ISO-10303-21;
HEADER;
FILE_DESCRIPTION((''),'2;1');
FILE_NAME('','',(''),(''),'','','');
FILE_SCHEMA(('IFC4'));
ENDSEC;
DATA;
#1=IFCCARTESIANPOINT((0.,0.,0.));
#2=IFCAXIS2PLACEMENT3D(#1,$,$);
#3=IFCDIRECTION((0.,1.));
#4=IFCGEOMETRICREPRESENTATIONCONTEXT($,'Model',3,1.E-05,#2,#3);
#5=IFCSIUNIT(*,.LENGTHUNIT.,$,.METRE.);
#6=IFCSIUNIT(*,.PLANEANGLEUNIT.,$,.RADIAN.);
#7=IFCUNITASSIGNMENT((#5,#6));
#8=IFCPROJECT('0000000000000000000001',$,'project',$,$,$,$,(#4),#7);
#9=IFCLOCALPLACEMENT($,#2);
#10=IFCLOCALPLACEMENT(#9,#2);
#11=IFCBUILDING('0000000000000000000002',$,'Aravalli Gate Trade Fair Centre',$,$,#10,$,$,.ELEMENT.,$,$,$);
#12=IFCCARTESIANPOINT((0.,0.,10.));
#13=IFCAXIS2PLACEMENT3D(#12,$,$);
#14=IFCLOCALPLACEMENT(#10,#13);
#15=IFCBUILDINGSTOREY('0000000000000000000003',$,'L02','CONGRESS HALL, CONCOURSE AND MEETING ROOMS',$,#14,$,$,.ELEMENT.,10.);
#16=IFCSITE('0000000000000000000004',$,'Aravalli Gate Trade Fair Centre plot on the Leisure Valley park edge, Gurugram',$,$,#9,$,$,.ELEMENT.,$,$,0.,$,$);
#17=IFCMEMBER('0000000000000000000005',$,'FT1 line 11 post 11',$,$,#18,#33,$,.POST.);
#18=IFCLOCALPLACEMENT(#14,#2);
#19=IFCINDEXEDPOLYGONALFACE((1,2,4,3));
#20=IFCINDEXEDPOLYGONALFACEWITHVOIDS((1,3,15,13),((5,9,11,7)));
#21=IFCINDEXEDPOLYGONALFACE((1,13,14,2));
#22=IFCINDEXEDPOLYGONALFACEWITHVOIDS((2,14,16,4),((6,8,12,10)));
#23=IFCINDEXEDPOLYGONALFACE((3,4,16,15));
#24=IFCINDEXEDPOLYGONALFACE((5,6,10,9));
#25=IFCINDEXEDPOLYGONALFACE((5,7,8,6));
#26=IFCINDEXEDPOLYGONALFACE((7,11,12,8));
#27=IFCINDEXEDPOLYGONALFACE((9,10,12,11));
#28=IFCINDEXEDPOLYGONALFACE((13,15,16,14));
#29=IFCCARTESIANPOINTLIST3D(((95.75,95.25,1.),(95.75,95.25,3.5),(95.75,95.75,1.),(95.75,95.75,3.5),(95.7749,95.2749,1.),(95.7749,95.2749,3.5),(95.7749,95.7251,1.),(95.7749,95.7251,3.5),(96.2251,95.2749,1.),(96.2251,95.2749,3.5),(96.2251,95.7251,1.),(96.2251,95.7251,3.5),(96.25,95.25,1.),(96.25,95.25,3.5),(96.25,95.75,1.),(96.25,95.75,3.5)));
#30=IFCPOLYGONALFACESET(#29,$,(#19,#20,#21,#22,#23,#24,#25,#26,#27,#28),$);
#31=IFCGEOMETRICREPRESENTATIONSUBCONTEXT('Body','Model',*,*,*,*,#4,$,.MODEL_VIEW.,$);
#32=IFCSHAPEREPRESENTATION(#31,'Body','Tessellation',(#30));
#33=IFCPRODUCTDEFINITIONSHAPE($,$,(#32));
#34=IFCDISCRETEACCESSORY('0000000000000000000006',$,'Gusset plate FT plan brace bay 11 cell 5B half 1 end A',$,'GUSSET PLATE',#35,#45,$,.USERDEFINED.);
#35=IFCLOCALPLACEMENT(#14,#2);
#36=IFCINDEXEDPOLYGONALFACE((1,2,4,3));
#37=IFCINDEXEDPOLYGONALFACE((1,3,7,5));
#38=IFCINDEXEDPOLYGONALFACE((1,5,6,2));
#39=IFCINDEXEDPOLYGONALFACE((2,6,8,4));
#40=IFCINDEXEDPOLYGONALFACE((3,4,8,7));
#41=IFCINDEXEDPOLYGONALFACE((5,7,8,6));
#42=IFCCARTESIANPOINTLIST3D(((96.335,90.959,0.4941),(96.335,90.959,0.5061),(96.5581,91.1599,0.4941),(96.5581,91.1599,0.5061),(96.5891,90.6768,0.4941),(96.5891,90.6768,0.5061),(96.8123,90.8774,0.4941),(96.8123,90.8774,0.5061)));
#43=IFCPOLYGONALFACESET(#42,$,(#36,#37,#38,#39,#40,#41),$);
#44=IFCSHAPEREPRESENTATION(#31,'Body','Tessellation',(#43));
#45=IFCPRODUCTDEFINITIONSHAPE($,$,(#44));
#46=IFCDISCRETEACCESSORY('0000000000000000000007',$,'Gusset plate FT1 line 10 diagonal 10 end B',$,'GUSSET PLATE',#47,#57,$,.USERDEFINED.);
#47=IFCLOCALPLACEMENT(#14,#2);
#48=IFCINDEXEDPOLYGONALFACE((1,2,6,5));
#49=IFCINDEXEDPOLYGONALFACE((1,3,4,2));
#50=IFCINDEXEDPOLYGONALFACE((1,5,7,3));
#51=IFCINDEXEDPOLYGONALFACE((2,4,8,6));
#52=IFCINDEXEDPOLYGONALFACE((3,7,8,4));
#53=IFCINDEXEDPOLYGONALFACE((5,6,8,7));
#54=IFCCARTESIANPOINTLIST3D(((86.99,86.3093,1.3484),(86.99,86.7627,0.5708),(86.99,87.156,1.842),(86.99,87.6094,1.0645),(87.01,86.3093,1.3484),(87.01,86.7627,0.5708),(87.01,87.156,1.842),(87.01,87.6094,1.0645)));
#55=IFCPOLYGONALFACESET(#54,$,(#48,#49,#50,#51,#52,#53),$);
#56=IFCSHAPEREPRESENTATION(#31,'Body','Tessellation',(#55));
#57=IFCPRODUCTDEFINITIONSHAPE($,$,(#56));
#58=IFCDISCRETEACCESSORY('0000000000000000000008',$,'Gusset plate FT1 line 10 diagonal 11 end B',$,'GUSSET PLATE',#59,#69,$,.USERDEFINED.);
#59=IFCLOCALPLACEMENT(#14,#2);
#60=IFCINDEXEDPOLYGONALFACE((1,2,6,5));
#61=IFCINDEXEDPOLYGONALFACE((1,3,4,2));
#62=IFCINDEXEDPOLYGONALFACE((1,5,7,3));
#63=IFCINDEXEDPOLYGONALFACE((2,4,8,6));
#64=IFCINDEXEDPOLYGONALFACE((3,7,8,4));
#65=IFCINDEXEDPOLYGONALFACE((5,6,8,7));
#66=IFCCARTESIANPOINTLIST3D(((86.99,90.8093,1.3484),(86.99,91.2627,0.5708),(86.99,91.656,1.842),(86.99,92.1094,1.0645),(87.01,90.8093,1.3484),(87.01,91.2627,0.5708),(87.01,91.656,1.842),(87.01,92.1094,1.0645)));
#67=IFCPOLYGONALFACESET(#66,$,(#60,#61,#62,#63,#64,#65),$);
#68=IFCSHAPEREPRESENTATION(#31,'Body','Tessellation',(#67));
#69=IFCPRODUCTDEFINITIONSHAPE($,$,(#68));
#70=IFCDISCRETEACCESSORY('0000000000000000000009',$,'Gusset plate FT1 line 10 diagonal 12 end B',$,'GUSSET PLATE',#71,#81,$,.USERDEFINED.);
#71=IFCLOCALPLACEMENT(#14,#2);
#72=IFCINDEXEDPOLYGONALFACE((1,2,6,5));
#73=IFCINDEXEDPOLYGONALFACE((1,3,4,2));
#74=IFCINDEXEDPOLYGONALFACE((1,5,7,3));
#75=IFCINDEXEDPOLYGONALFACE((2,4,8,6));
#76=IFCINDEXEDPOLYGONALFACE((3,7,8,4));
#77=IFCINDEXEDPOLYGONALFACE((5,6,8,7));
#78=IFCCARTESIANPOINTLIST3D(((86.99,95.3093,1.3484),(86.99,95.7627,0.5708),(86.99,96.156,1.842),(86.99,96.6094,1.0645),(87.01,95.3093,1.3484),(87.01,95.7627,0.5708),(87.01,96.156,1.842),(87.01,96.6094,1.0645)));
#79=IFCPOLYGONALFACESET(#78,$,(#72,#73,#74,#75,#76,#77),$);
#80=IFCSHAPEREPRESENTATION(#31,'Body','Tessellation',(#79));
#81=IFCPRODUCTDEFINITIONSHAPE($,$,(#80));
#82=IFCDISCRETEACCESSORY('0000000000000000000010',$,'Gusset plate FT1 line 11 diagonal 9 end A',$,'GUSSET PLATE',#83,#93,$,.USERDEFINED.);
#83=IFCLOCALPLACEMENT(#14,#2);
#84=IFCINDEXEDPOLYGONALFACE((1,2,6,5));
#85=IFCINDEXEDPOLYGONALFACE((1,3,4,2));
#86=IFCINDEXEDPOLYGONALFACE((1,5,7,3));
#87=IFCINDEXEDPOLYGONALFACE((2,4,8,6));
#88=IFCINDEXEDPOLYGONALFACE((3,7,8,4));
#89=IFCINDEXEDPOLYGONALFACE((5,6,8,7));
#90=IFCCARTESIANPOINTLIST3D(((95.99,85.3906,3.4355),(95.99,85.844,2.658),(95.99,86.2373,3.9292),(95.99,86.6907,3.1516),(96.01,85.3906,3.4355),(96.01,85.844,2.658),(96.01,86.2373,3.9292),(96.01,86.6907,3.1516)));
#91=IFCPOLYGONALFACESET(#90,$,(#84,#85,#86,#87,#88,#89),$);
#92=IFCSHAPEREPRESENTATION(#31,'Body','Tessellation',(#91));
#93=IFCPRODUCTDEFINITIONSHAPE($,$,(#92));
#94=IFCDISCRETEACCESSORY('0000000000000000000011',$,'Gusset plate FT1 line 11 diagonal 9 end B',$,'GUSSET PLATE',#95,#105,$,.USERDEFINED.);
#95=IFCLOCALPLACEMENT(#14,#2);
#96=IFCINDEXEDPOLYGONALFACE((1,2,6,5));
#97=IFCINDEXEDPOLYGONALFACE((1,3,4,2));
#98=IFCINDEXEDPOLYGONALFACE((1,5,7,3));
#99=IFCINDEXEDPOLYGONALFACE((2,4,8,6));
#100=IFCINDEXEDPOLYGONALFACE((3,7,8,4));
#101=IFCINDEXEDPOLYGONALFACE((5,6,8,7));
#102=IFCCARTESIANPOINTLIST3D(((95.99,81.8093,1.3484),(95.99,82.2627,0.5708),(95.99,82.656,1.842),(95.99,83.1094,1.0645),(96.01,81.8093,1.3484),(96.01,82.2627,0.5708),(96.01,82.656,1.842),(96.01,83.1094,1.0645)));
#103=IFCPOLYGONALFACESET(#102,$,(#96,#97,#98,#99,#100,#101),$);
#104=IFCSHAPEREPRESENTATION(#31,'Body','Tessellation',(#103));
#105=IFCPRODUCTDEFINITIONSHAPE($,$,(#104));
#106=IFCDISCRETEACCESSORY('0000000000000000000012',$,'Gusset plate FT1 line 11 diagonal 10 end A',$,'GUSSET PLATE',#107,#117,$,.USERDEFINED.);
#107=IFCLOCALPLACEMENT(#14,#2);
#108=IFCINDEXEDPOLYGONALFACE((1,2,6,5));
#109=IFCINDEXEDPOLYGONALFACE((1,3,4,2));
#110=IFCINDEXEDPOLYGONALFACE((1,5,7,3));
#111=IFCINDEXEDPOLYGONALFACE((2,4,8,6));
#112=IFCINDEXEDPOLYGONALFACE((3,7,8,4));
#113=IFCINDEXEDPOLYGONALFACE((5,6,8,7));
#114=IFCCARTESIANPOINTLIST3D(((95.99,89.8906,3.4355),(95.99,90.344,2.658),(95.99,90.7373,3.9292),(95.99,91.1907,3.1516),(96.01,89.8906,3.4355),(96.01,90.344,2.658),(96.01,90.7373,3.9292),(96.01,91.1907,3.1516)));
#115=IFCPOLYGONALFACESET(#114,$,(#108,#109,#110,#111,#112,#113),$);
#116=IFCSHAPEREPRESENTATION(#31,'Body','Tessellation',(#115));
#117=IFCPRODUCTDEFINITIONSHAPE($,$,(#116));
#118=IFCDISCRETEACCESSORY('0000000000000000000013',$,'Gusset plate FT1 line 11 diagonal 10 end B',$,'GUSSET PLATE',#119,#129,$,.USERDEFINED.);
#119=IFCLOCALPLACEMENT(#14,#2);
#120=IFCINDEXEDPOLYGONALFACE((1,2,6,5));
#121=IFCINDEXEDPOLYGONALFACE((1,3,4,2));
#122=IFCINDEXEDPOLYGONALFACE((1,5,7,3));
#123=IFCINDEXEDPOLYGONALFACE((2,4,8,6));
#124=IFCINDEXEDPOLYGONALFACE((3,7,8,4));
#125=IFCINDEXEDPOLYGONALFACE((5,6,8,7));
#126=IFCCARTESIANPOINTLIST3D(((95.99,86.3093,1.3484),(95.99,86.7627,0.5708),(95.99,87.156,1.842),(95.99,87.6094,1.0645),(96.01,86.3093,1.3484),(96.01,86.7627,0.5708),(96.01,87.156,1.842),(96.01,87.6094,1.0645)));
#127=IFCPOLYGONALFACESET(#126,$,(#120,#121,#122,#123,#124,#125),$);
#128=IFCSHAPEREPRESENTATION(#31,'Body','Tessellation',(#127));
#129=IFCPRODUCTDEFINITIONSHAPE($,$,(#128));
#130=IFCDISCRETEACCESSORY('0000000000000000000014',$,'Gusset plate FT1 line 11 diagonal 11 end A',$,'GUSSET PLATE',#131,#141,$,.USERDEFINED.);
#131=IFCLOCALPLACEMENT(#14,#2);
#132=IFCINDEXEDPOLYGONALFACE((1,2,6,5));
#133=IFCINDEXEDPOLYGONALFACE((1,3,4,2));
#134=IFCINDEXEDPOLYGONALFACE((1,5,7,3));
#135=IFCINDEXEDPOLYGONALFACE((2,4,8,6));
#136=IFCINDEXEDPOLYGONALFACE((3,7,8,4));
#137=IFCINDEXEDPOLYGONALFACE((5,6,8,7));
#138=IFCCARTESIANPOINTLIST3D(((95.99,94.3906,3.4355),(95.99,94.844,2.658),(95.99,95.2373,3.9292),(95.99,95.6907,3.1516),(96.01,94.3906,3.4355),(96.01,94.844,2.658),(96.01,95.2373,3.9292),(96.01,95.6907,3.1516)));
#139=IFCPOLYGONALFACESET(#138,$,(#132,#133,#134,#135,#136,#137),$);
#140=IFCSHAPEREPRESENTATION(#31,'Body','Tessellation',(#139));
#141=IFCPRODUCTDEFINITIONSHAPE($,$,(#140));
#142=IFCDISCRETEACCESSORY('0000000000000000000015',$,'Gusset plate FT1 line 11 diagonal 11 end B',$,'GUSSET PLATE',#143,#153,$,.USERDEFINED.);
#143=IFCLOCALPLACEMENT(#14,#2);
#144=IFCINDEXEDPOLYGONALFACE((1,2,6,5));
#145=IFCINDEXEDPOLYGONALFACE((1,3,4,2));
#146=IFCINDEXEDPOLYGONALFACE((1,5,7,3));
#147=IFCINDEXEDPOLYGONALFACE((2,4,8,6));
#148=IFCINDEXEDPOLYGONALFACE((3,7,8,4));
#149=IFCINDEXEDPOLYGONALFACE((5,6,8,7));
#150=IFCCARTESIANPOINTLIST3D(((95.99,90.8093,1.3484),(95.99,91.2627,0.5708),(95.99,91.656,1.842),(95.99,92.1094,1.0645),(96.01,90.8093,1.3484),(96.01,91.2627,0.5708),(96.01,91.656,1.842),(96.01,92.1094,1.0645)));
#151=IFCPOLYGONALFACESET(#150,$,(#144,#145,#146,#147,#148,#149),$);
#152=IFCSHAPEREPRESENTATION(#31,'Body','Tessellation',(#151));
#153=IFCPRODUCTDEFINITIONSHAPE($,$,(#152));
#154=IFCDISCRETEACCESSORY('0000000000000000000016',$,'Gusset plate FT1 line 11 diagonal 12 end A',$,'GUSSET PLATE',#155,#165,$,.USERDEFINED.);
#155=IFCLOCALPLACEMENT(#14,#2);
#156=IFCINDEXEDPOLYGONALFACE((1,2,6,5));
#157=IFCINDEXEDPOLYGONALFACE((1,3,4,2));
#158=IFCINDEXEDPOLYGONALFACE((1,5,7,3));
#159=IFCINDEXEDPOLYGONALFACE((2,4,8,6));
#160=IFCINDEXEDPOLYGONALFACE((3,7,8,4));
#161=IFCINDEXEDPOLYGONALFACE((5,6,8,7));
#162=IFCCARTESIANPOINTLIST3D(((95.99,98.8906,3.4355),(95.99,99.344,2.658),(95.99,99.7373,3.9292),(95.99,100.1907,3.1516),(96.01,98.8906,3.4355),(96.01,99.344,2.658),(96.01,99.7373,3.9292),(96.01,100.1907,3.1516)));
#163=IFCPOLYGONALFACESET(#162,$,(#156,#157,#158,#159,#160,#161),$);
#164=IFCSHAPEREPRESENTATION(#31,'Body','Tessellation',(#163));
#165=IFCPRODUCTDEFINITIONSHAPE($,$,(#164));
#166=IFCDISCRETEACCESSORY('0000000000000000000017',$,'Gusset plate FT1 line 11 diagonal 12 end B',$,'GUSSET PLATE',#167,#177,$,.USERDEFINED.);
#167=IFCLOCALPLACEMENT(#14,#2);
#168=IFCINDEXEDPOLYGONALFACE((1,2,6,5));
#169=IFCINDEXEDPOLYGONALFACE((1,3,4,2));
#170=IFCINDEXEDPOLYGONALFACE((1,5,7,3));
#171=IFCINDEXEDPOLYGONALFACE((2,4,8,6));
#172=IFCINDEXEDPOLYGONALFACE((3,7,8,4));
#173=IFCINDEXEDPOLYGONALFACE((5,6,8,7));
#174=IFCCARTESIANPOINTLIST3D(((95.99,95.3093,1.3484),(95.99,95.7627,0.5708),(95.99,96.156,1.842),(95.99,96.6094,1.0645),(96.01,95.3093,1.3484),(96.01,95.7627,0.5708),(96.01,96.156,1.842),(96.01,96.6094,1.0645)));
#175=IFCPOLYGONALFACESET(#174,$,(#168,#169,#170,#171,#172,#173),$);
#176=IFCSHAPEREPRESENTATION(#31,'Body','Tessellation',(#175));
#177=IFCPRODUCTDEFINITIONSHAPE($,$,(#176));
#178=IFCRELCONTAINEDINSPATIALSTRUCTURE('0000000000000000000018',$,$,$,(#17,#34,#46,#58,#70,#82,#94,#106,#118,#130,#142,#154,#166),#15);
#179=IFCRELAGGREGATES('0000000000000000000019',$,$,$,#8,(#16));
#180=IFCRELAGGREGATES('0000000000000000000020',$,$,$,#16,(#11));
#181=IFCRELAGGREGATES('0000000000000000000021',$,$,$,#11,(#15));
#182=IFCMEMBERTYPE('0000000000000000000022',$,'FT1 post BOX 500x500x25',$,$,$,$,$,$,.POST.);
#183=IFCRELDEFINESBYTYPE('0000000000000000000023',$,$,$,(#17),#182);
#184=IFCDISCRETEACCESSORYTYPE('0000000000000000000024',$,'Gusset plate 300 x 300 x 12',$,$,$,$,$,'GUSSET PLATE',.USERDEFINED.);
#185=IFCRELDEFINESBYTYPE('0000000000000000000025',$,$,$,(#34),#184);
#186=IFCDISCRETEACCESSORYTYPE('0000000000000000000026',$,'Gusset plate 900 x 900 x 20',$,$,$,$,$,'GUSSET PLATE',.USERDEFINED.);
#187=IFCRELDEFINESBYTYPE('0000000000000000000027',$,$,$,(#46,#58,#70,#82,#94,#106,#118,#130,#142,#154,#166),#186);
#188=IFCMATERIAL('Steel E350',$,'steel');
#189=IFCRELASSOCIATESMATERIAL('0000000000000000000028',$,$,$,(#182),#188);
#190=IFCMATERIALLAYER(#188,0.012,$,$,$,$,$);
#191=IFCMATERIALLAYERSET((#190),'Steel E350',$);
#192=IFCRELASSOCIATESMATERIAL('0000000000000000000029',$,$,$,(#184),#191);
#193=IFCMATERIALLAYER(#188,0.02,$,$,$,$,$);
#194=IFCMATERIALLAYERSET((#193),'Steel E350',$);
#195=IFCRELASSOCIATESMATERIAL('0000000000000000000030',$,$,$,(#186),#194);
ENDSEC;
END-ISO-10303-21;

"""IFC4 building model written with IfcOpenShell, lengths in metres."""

from ifc_helpers import new_model, si_unit, direction, frame, origin, origin_2d, place, context, subcontext, project, spatial, polyline, hollow_rectangle, outline, extrude, material, layer, layer_set, material_profile, profile_set, type_object, element, save


model = new_model("IFC4")

# Units and contexts
model_context = context("Model", 3, precision=1e-05, world=origin(), true_north=direction((0.0, 1.0)))
body_context = subcontext(model_context, "Body", "Model", "MODEL_VIEW")
ifc_project = project(units=[si_unit("LENGTHUNIT", "METRE"), si_unit("PLANEANGLEUNIT", "RADIAN")], contexts=[model_context])

# Site, building, storey
site_placement = place(None, origin())
site = spatial("IfcSite", under=ifc_project, at=site_placement, Name="Aravalli Gate Trade Fair Centre plot on the Leisure Valley park edge, Gurugram", CompositionType="ELEMENT", RefElevation=0.0)
building_placement = place(site_placement, origin())
building = spatial("IfcBuilding", under=site, at=building_placement, Name="Aravalli Gate Trade Fair Centre", CompositionType="ELEMENT")
storey_placement = place(building_placement, frame((0.0, 0.0, 10.0)))
storey = spatial("IfcBuildingStorey", under=building, at=storey_placement, Name="L02", Description="CONGRESS HALL, CONCOURSE AND MEETING ROOMS", CompositionType="ELEMENT", Elevation=10.0)

# Member
ifc_material = material(Name="Steel E350", Category="steel")
ifc_material_profile_1 = material_profile(ifc_material, hollow_rectangle(XDim=0.5, YDim=0.5, WallThickness=0.0249, at=origin_2d()), Name="BOX 500x500x25")
ifc_profile_set_1 = profile_set([ifc_material_profile_1], Name="Steel E350")
member_type_1 = type_object("IfcMemberType", Name="FT1 post BOX 500x500x25", PredefinedType="POST", material=ifc_profile_set_1)
for number, where, z_axis, x_axis, name in (
    (1, (96.0, 95.5, 1.0), (0.0, 0.0, 1.0), (1.0, 0.0, 0.0), "FT1 line 11 post 11"),
):
    element("IfcMember", number, at=place(storey_placement, frame(where, z_axis=z_axis, x_axis=x_axis)), inside=storey, type_object=member_type_1, Name=name, PredefinedType="POST", context=body_context, shape_type="SweptSolid", body=[
        extrude(hollow_rectangle(XDim=0.5, YDim=0.5, WallThickness=0.0249, at=origin_2d()), origin(), (0.0, 0.0, 1.0), 2.5),
    ])

# Discrete accessories
ifc_layer_1 = layer(ifc_material, 0.012)
ifc_layer_set_1 = layer_set([ifc_layer_1], Name="Steel E350")
discrete_accessory_type_1 = type_object("IfcDiscreteAccessoryType", Name="Gusset plate 300 x 300 x 12", ElementType="GUSSET PLATE", PredefinedType="USERDEFINED", material=ifc_layer_set_1)
discrete_accessory_1_placement = place(storey_placement, frame((96.5891, 90.6768, 0.5061), z_axis=(0.0, 0.0, 1.0), x_axis=(-0.669178, 0.743102, 0.0)))
element("IfcDiscreteAccessory", 2, at=discrete_accessory_1_placement, inside=storey, type_object=discrete_accessory_type_1, Name="Gusset plate FT plan brace bay 11 cell 5B half 1 end A", ObjectType="GUSSET PLATE", PredefinedType="USERDEFINED", context=body_context, shape_type="SweptSolid", body=[
    extrude(outline(polyline([(0.0, 0.0), (0.3798, 0.0), (0.3798, -0.3003), (-0.0002, -0.3001), (0.0, 0.0)])), origin(), (0.0, 0.0, -1.0), 0.012),
])
ifc_layer_2 = layer(ifc_material, 0.02)
ifc_layer_set_2 = layer_set([ifc_layer_2], Name="Steel E350")
discrete_accessory_type_2 = type_object("IfcDiscreteAccessoryType", Name="Gusset plate 900 x 900 x 20", ElementType="GUSSET PLATE", PredefinedType="USERDEFINED", material=ifc_layer_set_2)
for number, where, z_axis, x_axis, name in (
    (3, (87.01, 87.156, 1.842), (1.0, 0.0, 0.0), (0.0, -0.863887, -0.503685), "Gusset plate FT1 line 10 diagonal 10 end B"),
    (4, (87.01, 91.656, 1.842), (1.0, 0.0, 0.0), (0.0, -0.863887, -0.503685), "Gusset plate FT1 line 10 diagonal 11 end B"),
    (5, (87.01, 96.156, 1.842), (1.0, 0.0, 0.0), (0.0, -0.863887, -0.503685), "Gusset plate FT1 line 10 diagonal 12 end B"),
):
    element("IfcDiscreteAccessory", number, at=place(storey_placement, frame(where, z_axis=z_axis, x_axis=x_axis)), inside=storey, type_object=discrete_accessory_type_2, Name=name, ObjectType="GUSSET PLATE", PredefinedType="USERDEFINED", context=body_context, shape_type="SweptSolid", body=[
        extrude(outline(polyline([(0.0, 0.0), (0.9801, 0.0), (0.9801, 0.9001), (0.0, 0.9001), (0.0, 0.0)])), origin(), (0.0, 0.0, -1.0), 0.02),
    ])
discrete_accessory_2_placement = place(storey_placement, frame((95.99, 85.3906, 3.4355), z_axis=(-1.0, 0.0, 0.0), x_axis=(0.0, 0.863887, 0.503685)))
element("IfcDiscreteAccessory", 6, at=discrete_accessory_2_placement, inside=storey, type_object=discrete_accessory_type_2, Name="Gusset plate FT1 line 11 diagonal 9 end A", ObjectType="GUSSET PLATE", PredefinedType="USERDEFINED", context=body_context, shape_type="SweptSolid", body=[
    extrude(outline(polyline([(0.0, 0.0), (0.9801, 0.0), (0.9801, 0.9001), (0.0, 0.9001), (0.0, 0.0)])), origin(), (0.0, 0.0, -1.0), 0.02),
])
discrete_accessory_3_placement = place(storey_placement, frame((96.01, 82.656, 1.842), z_axis=(1.0, 0.0, 0.0), x_axis=(0.0, -0.863887, -0.503685)))
element("IfcDiscreteAccessory", 7, at=discrete_accessory_3_placement, inside=storey, type_object=discrete_accessory_type_2, Name="Gusset plate FT1 line 11 diagonal 9 end B", ObjectType="GUSSET PLATE", PredefinedType="USERDEFINED", context=body_context, shape_type="SweptSolid", body=[
    extrude(outline(polyline([(0.0, 0.0), (0.9801, 0.0), (0.9801, 0.9001), (0.0, 0.9001), (0.0, 0.0)])), origin(), (0.0, 0.0, -1.0), 0.02),
])
discrete_accessory_4_placement = place(storey_placement, frame((95.99, 89.8906, 3.4355), z_axis=(-1.0, 0.0, 0.0), x_axis=(0.0, 0.863887, 0.503685)))
element("IfcDiscreteAccessory", 8, at=discrete_accessory_4_placement, inside=storey, type_object=discrete_accessory_type_2, Name="Gusset plate FT1 line 11 diagonal 10 end A", ObjectType="GUSSET PLATE", PredefinedType="USERDEFINED", context=body_context, shape_type="SweptSolid", body=[
    extrude(outline(polyline([(0.0, 0.0), (0.9801, 0.0), (0.9801, 0.9001), (0.0, 0.9001), (0.0, 0.0)])), origin(), (0.0, 0.0, -1.0), 0.02),
])
discrete_accessory_5_placement = place(storey_placement, frame((96.01, 87.156, 1.842), z_axis=(1.0, 0.0, 0.0), x_axis=(0.0, -0.863887, -0.503685)))
element("IfcDiscreteAccessory", 9, at=discrete_accessory_5_placement, inside=storey, type_object=discrete_accessory_type_2, Name="Gusset plate FT1 line 11 diagonal 10 end B", ObjectType="GUSSET PLATE", PredefinedType="USERDEFINED", context=body_context, shape_type="SweptSolid", body=[
    extrude(outline(polyline([(0.0, 0.0), (0.9801, 0.0), (0.9801, 0.9001), (0.0, 0.9001), (0.0, 0.0)])), origin(), (0.0, 0.0, -1.0), 0.02),
])
discrete_accessory_6_placement = place(storey_placement, frame((95.99, 94.3906, 3.4355), z_axis=(-1.0, 0.0, 0.0), x_axis=(0.0, 0.863887, 0.503685)))
element("IfcDiscreteAccessory", 10, at=discrete_accessory_6_placement, inside=storey, type_object=discrete_accessory_type_2, Name="Gusset plate FT1 line 11 diagonal 11 end A", ObjectType="GUSSET PLATE", PredefinedType="USERDEFINED", context=body_context, shape_type="SweptSolid", body=[
    extrude(outline(polyline([(0.0, 0.0), (0.9801, 0.0), (0.9801, 0.9001), (0.0, 0.9001), (0.0, 0.0)])), origin(), (0.0, 0.0, -1.0), 0.02),
])
discrete_accessory_7_placement = place(storey_placement, frame((96.01, 91.656, 1.842), z_axis=(1.0, 0.0, 0.0), x_axis=(0.0, -0.863887, -0.503685)))
element("IfcDiscreteAccessory", 11, at=discrete_accessory_7_placement, inside=storey, type_object=discrete_accessory_type_2, Name="Gusset plate FT1 line 11 diagonal 11 end B", ObjectType="GUSSET PLATE", PredefinedType="USERDEFINED", context=body_context, shape_type="SweptSolid", body=[
    extrude(outline(polyline([(0.0, 0.0), (0.9801, 0.0), (0.9801, 0.9001), (0.0, 0.9001), (0.0, 0.0)])), origin(), (0.0, 0.0, -1.0), 0.02),
])
discrete_accessory_8_placement = place(storey_placement, frame((95.99, 98.8906, 3.4355), z_axis=(-1.0, 0.0, 0.0), x_axis=(0.0, 0.863887, 0.503685)))
element("IfcDiscreteAccessory", 12, at=discrete_accessory_8_placement, inside=storey, type_object=discrete_accessory_type_2, Name="Gusset plate FT1 line 11 diagonal 12 end A", ObjectType="GUSSET PLATE", PredefinedType="USERDEFINED", context=body_context, shape_type="SweptSolid", body=[
    extrude(outline(polyline([(0.0, 0.0), (0.9801, 0.0), (0.9801, 0.9001), (0.0, 0.9001), (0.0, 0.0)])), origin(), (0.0, 0.0, -1.0), 0.02),
])
discrete_accessory_9_placement = place(storey_placement, frame((96.01, 96.156, 1.842), z_axis=(1.0, 0.0, 0.0), x_axis=(0.0, -0.863887, -0.503685)))
element("IfcDiscreteAccessory", 13, at=discrete_accessory_9_placement, inside=storey, type_object=discrete_accessory_type_2, Name="Gusset plate FT1 line 11 diagonal 12 end B", ObjectType="GUSSET PLATE", PredefinedType="USERDEFINED", context=body_context, shape_type="SweptSolid", body=[
    extrude(outline(polyline([(0.0, 0.0), (0.9801, 0.0), (0.9801, 0.9001), (0.0, 0.9001), (0.0, 0.0)])), origin(), (0.0, 0.0, -1.0), 0.02),
])

save(model, "model.ifc")
